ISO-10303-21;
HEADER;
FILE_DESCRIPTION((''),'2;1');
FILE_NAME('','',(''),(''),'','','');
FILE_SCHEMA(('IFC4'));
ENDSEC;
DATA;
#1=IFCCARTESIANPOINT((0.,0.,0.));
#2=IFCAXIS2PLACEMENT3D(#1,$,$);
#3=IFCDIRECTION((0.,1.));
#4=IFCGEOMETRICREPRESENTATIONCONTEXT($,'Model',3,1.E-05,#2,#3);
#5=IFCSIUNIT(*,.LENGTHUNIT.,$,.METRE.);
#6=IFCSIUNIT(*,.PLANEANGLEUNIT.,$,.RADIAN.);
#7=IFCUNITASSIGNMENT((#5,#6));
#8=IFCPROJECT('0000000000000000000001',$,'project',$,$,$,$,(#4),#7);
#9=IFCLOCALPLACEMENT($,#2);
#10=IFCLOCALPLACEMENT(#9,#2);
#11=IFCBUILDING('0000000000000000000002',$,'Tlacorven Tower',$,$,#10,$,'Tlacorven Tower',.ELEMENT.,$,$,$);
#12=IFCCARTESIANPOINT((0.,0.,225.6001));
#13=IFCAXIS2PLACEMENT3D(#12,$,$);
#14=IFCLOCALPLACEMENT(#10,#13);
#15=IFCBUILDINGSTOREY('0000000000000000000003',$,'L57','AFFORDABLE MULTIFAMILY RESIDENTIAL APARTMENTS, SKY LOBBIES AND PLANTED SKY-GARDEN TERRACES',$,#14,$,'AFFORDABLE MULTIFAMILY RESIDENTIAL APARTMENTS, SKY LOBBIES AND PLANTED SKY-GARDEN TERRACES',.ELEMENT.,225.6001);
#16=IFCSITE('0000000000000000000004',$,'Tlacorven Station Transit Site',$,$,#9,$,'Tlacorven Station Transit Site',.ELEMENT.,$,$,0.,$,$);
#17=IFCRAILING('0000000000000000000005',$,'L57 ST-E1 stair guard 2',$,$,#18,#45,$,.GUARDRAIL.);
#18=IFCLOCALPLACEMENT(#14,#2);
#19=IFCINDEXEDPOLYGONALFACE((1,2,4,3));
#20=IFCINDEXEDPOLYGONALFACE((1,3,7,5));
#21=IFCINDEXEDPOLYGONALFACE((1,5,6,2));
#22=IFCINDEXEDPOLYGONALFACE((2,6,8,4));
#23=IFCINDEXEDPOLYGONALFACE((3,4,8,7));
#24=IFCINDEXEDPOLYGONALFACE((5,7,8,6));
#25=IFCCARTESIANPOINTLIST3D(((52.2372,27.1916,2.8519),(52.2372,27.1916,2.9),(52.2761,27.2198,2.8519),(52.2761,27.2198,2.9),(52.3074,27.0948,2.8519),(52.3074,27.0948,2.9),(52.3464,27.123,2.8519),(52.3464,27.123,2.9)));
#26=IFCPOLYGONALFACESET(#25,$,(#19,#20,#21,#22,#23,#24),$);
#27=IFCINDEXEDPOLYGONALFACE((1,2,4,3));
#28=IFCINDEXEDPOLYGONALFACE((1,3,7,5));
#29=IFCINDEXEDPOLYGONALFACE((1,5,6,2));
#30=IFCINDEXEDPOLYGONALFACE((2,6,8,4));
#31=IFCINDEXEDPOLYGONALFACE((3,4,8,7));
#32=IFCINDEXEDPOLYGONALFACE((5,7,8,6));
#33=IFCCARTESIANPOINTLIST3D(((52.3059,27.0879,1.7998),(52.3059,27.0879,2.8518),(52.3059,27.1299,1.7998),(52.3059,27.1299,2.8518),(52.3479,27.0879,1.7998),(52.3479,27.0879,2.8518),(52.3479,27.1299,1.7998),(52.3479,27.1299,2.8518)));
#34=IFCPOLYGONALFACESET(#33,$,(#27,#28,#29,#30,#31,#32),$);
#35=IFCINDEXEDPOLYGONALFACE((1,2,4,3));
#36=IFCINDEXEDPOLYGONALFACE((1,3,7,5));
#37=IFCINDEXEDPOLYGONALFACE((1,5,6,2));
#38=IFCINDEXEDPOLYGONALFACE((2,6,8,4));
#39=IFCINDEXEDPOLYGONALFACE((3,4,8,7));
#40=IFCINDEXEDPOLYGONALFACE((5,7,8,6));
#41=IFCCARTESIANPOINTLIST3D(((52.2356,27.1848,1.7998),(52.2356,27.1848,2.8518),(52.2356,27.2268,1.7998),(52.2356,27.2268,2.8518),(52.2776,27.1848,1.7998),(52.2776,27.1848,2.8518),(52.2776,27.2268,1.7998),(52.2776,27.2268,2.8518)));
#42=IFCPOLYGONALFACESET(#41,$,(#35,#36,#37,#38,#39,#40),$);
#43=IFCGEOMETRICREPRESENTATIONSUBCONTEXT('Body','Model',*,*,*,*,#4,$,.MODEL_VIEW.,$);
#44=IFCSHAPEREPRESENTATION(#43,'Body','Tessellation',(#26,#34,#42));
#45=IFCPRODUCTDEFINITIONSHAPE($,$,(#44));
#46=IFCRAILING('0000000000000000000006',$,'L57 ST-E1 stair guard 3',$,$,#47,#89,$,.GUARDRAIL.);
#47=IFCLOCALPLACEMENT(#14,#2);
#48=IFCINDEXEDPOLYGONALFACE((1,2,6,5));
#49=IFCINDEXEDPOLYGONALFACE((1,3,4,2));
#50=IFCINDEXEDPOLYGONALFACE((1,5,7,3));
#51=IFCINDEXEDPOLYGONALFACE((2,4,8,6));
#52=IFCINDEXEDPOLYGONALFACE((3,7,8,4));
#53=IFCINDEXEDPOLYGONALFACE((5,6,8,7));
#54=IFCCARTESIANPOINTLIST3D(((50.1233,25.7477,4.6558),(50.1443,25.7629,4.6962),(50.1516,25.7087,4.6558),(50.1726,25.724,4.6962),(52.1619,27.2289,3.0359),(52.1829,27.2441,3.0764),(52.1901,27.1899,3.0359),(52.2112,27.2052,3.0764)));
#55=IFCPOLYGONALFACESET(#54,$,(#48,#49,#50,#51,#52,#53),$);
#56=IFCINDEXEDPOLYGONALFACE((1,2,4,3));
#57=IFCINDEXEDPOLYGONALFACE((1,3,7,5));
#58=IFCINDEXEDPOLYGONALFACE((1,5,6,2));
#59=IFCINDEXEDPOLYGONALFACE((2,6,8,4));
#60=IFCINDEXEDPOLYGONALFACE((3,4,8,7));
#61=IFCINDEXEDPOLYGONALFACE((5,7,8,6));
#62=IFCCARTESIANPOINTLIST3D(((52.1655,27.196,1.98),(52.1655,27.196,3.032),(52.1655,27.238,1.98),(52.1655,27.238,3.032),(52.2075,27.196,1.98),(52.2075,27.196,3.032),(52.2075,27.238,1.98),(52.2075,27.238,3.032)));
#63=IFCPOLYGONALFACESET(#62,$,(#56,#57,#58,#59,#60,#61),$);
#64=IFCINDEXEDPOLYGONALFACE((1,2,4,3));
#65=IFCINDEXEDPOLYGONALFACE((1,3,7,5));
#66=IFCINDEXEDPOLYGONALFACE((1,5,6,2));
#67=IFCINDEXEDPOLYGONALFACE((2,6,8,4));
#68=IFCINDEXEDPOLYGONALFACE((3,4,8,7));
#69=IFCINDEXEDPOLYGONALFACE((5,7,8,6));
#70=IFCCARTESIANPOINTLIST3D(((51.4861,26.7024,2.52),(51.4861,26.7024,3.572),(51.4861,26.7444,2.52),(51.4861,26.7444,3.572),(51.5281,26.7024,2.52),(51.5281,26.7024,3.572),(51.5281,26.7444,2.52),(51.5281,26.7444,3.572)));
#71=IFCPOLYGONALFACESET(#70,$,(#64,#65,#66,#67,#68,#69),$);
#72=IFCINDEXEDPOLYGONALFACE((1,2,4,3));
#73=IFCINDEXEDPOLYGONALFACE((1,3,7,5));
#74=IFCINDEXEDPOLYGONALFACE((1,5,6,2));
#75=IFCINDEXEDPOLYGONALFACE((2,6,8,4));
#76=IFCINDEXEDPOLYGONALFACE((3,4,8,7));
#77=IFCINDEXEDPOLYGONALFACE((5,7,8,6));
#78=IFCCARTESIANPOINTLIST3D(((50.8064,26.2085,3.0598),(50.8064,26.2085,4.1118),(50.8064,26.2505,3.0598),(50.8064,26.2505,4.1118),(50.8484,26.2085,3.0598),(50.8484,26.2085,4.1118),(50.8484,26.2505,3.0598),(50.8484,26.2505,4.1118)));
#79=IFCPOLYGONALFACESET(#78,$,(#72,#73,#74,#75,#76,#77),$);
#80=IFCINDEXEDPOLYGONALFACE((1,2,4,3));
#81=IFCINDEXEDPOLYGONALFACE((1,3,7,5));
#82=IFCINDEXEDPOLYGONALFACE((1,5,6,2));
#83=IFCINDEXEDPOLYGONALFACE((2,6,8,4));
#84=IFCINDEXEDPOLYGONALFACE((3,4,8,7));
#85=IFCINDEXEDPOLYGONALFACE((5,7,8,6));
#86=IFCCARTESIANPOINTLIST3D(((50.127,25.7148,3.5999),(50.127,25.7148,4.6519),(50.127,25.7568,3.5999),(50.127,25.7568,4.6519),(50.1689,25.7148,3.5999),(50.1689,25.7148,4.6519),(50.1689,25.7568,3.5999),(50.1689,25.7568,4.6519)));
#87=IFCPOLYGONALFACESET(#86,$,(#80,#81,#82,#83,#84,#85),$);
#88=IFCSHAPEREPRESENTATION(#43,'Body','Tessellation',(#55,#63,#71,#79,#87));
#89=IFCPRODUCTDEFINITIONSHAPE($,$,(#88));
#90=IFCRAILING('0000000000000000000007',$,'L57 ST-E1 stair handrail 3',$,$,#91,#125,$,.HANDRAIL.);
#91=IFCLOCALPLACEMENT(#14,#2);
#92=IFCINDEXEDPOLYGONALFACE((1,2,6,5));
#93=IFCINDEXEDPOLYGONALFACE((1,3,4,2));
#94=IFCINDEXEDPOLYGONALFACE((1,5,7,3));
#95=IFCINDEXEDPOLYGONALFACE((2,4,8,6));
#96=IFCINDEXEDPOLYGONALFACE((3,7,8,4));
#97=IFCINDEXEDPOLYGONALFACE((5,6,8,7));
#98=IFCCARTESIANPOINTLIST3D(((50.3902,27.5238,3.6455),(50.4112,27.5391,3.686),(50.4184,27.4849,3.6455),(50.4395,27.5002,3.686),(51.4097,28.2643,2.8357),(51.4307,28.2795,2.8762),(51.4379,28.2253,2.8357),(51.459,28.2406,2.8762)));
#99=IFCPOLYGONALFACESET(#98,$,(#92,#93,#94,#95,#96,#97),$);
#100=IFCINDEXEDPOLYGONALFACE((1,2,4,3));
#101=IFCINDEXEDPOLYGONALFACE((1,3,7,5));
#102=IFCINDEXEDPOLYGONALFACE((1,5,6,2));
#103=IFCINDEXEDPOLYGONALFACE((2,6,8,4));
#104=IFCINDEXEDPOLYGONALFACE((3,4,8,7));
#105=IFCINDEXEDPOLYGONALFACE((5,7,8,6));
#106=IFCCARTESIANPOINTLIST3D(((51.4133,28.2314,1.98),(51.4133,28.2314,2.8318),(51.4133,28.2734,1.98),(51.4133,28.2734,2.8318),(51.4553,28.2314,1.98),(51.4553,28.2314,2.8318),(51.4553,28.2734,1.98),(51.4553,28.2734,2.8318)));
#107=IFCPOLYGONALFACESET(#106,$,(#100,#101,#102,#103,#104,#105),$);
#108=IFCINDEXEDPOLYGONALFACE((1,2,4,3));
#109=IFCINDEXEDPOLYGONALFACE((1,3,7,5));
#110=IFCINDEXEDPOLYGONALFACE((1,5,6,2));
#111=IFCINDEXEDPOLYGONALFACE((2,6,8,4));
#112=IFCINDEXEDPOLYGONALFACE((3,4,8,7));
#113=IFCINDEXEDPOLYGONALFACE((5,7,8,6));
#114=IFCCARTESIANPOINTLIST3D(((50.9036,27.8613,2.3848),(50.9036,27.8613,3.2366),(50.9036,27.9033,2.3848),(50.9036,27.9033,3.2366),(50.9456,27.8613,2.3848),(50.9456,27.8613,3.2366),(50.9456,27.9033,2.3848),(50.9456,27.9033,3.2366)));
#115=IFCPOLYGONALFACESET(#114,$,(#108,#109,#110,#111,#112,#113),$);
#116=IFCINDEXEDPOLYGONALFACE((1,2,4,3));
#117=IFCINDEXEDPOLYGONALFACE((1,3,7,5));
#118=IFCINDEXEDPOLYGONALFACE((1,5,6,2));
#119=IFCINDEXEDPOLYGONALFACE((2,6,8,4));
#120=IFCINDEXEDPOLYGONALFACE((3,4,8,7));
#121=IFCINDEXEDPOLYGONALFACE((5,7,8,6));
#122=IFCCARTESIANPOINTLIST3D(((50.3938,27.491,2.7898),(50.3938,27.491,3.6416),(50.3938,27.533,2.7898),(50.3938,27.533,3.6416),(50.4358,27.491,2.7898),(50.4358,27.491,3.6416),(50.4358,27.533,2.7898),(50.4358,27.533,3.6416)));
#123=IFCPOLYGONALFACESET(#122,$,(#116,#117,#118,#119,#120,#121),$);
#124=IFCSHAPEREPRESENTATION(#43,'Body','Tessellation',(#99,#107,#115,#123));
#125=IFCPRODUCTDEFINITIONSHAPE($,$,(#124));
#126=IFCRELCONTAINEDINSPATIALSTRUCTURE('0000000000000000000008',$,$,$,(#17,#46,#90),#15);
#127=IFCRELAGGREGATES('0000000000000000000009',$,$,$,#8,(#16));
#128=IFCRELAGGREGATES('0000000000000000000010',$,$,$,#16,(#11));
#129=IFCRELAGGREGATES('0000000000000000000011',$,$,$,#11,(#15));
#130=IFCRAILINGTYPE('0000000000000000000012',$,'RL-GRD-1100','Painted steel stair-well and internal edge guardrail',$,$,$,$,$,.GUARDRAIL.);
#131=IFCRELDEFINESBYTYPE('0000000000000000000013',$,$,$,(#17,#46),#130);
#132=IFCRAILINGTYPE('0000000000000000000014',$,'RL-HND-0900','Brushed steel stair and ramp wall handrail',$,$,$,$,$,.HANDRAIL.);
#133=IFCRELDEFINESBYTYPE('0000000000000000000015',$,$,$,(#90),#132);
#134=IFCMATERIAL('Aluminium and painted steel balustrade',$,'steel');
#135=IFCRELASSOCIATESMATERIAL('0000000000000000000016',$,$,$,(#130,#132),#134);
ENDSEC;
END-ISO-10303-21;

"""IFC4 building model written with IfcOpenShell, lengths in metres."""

from ifc_helpers import new_model, si_unit, direction, frame, origin, origin_2d, place, context, subcontext, project, spatial, rectangle, extrude, source, transform, mapped, material, type_object, element, save


model = new_model("IFC4")

# Units and contexts
model_context = context("Model", 3, precision=1e-05, world=origin(), true_north=direction((0.0, 1.0)))
body_context = subcontext(model_context, "Body", "Model", "MODEL_VIEW")
ifc_project = project(units=[si_unit("LENGTHUNIT", "METRE"), si_unit("PLANEANGLEUNIT", "RADIAN")], contexts=[model_context])

# Site, building, storey
site_placement = place(None, origin())
site = spatial("IfcSite", under=ifc_project, at=site_placement, Name="Tlacorven Station Transit Site", LongName="Tlacorven Station Transit Site", CompositionType="ELEMENT", RefElevation=0.0)
building_placement = place(site_placement, origin())
building = spatial("IfcBuilding", under=site, at=building_placement, Name="Tlacorven Tower", LongName="Tlacorven Tower", CompositionType="ELEMENT")
storey_placement = place(building_placement, frame((0.0, 0.0, 225.6001)))
storey = spatial("IfcBuildingStorey", under=building, at=storey_placement, Name="L57", Description="AFFORDABLE MULTIFAMILY RESIDENTIAL APARTMENTS, SKY LOBBIES AND PLANTED SKY-GARDEN TERRACES", LongName="AFFORDABLE MULTIFAMILY RESIDENTIAL APARTMENTS, SKY LOBBIES AND PLANTED SKY-GARDEN TERRACES", CompositionType="ELEMENT", Elevation=225.6001)

# Railings
ifc_material_1 = material(Name="Aluminium and painted steel balustrade", Category="steel")
railing_type_1 = type_object("IfcRailingType", Name="RL-GRD-1100", Description="Painted steel stair-well and internal edge guardrail", PredefinedType="GUARDRAIL", material=ifc_material_1)
shared_shape_1 = source(origin(), body_context, "Body", "SweptSolid", [
    extrude(rectangle(XDim=0.0481, YDim=0.0481, at=origin_2d()), frame((0.0, 0.0, 1.0762), z_axis=(-0.587201, 0.809441, 0.0), x_axis=(-0.809441, -0.587201, 0.0)), (0.0, 0.0, 1.0), 0.1196),
    extrude(rectangle(XDim=0.042, YDim=0.042, at=origin_2d()), origin(), (0.0, 0.0, 1.0), 1.052),
    extrude(rectangle(XDim=0.042, YDim=0.042, at=origin_2d()), frame((-0.0703, 0.0969, 0.0)), (0.0, 0.0, 1.0), 1.052),
])
railing_1_placement = place(storey_placement, frame((52.3269, 27.1089, 1.7998)))
element("IfcRailing", 1, at=railing_1_placement, inside=storey, type_object=railing_type_1, Name="L57 ST-E1 stair guard 2", PredefinedType="GUARDRAIL", context=body_context, shape_type="MappedRepresentation", body=[
    mapped(shared_shape_1, transform((0.0, 0.0, 0.0), scale=1.0)),
])
shared_shape_2 = source(origin(), body_context, "Body", "SweptSolid", [
    extrude(rectangle(XDim=0.0481, YDim=0.0481, at=origin_2d()), frame((0.0, 0.0, 1.0762), z_axis=(-0.680519, -0.494456, 0.540747), x_axis=(0.587809, -0.809, 0.0)), (0.0, 0.0, 1.0), 2.9956),
    extrude(rectangle(XDim=0.042, YDim=0.042, at=origin_2d()), origin(), (0.0, 0.0, 1.0), 1.052),
    extrude(rectangle(XDim=0.042, YDim=0.042, at=origin_2d()), frame((-0.6794, -0.4937, 0.54)), (0.0, 0.0, 1.0), 1.052),
    extrude(rectangle(XDim=0.042, YDim=0.042, at=origin_2d()), frame((-1.3591, -0.9875, 1.0798)), (0.0, 0.0, 1.0), 1.052),
    extrude(rectangle(XDim=0.042, YDim=0.042, at=origin_2d()), frame((-2.0386, -1.4812, 1.6199)), (0.0, 0.0, 1.0), 1.052),
])
railing_2_placement = place(storey_placement, frame((52.1865, 27.217, 1.98)))
element("IfcRailing", 2, at=railing_2_placement, inside=storey, type_object=railing_type_1, Name="L57 ST-E1 stair guard 3", PredefinedType="GUARDRAIL", context=body_context, shape_type="MappedRepresentation", body=[
    mapped(shared_shape_2, transform((0.0, 0.0, 0.0), scale=1.0)),
])
railing_type_2 = type_object("IfcRailingType", Name="RL-HND-0900", Description="Brushed steel stair and ramp wall handrail", PredefinedType="HANDRAIL", material=ifc_material_1)
shared_shape_3 = source(origin(), body_context, "Body", "SweptSolid", [
    extrude(rectangle(XDim=0.0481, YDim=0.0481, at=origin_2d()), frame((0.0, 0.0, 0.876), z_axis=(-0.680664, -0.494361, 0.540652), x_axis=(0.587653, -0.809113, 0.0)), (0.0, 0.0, 1.0), 1.4978),
    extrude(rectangle(XDim=0.042, YDim=0.042, at=origin_2d()), origin(), (0.0, 0.0, 1.0), 0.8518),
    extrude(rectangle(XDim=0.042, YDim=0.042, at=origin_2d()), frame((-0.5098, -0.3701, 0.4048)), (0.0, 0.0, 1.0), 0.8518),
    extrude(rectangle(XDim=0.042, YDim=0.042, at=origin_2d()), frame((-1.0195, -0.7405, 0.8098)), (0.0, 0.0, 1.0), 0.8518),
])
railing_3_placement = place(storey_placement, frame((51.4343, 28.2524, 1.98)))
element("IfcRailing", 3, at=railing_3_placement, inside=storey, type_object=railing_type_2, Name="L57 ST-E1 stair handrail 3", PredefinedType="HANDRAIL", context=body_context, shape_type="MappedRepresentation", body=[
    mapped(shared_shape_3, transform((0.0, 0.0, 0.0), scale=1.0)),
])

save(model, "model.ifc")
